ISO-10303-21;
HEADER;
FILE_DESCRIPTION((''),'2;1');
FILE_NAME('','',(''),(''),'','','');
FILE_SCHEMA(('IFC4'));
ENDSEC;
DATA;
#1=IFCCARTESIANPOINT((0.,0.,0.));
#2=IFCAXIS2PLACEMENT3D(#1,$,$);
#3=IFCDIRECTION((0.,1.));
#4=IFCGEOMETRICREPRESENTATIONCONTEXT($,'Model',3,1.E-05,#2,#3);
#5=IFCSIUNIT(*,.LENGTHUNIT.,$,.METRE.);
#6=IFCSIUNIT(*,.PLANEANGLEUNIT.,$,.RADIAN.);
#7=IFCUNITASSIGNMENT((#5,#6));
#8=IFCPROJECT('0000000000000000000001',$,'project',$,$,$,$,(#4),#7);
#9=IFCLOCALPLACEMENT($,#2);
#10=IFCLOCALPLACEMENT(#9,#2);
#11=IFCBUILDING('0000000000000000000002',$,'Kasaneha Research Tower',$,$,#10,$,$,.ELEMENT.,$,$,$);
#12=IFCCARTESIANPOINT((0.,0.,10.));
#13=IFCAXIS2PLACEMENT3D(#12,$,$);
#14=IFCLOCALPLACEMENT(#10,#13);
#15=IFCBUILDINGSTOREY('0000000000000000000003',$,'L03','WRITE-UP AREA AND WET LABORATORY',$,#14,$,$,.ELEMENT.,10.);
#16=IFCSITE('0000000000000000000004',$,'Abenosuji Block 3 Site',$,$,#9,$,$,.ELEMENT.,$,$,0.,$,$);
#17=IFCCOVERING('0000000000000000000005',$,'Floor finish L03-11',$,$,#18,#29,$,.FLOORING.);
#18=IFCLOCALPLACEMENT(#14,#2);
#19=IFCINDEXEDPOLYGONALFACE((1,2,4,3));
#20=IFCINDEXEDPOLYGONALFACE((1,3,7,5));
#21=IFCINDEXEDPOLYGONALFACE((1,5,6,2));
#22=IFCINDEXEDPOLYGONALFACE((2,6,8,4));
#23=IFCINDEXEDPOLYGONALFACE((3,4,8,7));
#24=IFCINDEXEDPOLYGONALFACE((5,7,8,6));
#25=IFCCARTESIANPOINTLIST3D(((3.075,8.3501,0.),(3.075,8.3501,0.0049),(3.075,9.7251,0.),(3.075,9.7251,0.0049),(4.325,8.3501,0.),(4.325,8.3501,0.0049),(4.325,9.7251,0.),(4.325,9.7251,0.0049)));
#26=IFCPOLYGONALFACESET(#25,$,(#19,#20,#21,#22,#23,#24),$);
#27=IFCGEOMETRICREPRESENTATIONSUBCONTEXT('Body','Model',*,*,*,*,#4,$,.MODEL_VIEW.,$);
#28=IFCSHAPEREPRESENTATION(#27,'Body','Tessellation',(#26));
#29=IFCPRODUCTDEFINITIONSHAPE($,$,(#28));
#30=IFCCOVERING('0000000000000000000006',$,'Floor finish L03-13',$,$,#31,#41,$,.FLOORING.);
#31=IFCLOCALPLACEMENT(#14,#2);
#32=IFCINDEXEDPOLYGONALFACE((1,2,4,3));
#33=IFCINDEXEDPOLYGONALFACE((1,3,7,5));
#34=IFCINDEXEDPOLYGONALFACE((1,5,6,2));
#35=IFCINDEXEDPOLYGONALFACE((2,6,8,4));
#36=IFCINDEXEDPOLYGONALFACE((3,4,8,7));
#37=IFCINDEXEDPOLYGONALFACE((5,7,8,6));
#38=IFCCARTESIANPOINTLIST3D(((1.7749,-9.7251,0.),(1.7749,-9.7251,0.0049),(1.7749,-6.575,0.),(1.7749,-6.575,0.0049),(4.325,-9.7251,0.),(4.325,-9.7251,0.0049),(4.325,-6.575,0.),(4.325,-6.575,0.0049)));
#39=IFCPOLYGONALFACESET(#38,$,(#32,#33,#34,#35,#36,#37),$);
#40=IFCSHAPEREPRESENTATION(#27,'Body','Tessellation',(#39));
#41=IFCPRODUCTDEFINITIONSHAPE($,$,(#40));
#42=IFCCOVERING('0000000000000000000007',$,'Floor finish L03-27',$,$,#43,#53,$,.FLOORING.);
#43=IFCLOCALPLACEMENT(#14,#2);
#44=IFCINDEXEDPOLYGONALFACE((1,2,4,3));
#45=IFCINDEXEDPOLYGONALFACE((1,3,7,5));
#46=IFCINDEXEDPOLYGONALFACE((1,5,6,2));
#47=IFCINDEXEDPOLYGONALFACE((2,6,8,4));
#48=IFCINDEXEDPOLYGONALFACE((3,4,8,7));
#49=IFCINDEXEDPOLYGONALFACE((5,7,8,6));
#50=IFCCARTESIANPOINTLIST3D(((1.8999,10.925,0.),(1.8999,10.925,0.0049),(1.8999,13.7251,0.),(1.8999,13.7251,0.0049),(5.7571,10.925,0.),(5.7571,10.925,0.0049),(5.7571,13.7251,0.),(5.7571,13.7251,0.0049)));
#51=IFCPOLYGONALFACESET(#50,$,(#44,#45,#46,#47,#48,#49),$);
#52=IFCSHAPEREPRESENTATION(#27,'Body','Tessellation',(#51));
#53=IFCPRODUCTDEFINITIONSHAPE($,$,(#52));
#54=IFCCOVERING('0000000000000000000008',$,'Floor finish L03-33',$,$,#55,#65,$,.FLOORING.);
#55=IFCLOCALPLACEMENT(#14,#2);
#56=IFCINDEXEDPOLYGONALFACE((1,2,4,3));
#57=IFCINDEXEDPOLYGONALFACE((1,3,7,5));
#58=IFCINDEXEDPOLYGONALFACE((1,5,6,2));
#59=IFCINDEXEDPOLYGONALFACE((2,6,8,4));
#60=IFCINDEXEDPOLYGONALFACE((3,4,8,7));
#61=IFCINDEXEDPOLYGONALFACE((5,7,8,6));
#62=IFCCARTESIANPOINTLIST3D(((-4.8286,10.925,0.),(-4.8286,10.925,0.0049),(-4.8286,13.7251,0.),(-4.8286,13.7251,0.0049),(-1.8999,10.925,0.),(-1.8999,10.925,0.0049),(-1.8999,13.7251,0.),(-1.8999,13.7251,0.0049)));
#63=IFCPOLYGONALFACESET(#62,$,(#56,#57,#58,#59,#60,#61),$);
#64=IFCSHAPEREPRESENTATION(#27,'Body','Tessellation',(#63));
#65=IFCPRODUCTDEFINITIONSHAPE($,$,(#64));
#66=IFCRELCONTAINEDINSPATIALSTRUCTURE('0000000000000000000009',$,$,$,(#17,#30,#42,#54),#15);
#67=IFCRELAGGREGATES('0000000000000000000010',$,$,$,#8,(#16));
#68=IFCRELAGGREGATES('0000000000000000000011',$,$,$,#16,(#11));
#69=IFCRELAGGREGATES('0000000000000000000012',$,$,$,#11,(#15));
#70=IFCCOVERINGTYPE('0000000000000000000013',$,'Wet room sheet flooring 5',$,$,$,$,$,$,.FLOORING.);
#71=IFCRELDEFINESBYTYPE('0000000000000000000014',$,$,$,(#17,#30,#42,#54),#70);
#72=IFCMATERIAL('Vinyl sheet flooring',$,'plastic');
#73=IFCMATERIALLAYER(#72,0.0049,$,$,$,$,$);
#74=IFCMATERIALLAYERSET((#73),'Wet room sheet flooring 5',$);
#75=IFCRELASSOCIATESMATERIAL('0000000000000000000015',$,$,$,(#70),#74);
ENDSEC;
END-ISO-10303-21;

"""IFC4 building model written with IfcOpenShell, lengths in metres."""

from ifc_helpers import new_model, si_unit, direction, frame, origin, place, context, subcontext, project, spatial, polyline, outline, extrude, material, layer, layer_set, type_object, element, save


model = new_model("IFC4")

# Units and contexts
model_context = context("Model", 3, precision=1e-05, world=origin(), true_north=direction((0.0, 1.0)))
body_context = subcontext(model_context, "Body", "Model", "MODEL_VIEW")
ifc_project = project(units=[si_unit("LENGTHUNIT", "METRE"), si_unit("PLANEANGLEUNIT", "RADIAN")], contexts=[model_context])

# Site, building, storey
site_placement = place(None, origin())
site = spatial("IfcSite", under=ifc_project, at=site_placement, Name="Abenosuji Block 3 Site", CompositionType="ELEMENT", RefElevation=0.0)
building_placement = place(site_placement, origin())
building = spatial("IfcBuilding", under=site, at=building_placement, Name="Kasaneha Research Tower", CompositionType="ELEMENT")
storey_placement = place(building_placement, frame((0.0, 0.0, 10.0)))
storey = spatial("IfcBuildingStorey", under=building, at=storey_placement, Name="L03", Description="WRITE-UP AREA AND WET LABORATORY", CompositionType="ELEMENT", Elevation=10.0)

# Coverings
ifc_material_1 = material(Name="Vinyl sheet flooring", Category="plastic")
ifc_layer_1 = layer(ifc_material_1, 0.0049)
ifc_layer_set_1 = layer_set([ifc_layer_1], Name="Wet room sheet flooring 5")
covering_type_1 = type_object("IfcCoveringType", Name="Wet room sheet flooring 5", PredefinedType="FLOORING", material=ifc_layer_set_1)
covering_1_placement = place(storey_placement, origin())
element("IfcCovering", 1, at=covering_1_placement, inside=storey, type_object=covering_type_1, Name="Floor finish L03-11", PredefinedType="FLOORING", context=body_context, shape_type="SweptSolid", body=[
    extrude(outline(polyline([(4.325, 8.3501), (3.075, 8.3501), (3.075, 9.7251), (4.325, 9.7251), (4.325, 8.3501)])), origin(), (0.0, 0.0, 1.0), 0.0049),
])
covering_2_placement = place(storey_placement, origin())
element("IfcCovering", 2, at=covering_2_placement, inside=storey, type_object=covering_type_1, Name="Floor finish L03-13", PredefinedType="FLOORING", context=body_context, shape_type="SweptSolid", body=[
    extrude(outline(polyline([(1.7749, -9.7251), (1.7749, -6.575), (4.325, -6.575), (4.325, -9.7251), (1.7749, -9.7251)])), origin(), (0.0, 0.0, 1.0), 0.0049),
])
covering_3_placement = place(storey_placement, origin())
element("IfcCovering", 3, at=covering_3_placement, inside=storey, type_object=covering_type_1, Name="Floor finish L03-27", PredefinedType="FLOORING", context=body_context, shape_type="SweptSolid", body=[
    extrude(outline(polyline([(1.8999, 13.7251), (5.7571, 13.7251), (5.7571, 10.925), (1.8999, 10.925), (1.8999, 13.7251)])), origin(), (0.0, 0.0, 1.0), 0.0049),
])
covering_4_placement = place(storey_placement, origin())
element("IfcCovering", 4, at=covering_4_placement, inside=storey, type_object=covering_type_1, Name="Floor finish L03-33", PredefinedType="FLOORING", context=body_context, shape_type="SweptSolid", body=[
    extrude(outline(polyline([(-4.8286, 10.925), (-4.8286, 13.7251), (-1.8999, 13.7251), (-1.8999, 10.925), (-4.8286, 10.925)])), origin(), (0.0, 0.0, 1.0), 0.0049),
])

save(model, "model.ifc")
